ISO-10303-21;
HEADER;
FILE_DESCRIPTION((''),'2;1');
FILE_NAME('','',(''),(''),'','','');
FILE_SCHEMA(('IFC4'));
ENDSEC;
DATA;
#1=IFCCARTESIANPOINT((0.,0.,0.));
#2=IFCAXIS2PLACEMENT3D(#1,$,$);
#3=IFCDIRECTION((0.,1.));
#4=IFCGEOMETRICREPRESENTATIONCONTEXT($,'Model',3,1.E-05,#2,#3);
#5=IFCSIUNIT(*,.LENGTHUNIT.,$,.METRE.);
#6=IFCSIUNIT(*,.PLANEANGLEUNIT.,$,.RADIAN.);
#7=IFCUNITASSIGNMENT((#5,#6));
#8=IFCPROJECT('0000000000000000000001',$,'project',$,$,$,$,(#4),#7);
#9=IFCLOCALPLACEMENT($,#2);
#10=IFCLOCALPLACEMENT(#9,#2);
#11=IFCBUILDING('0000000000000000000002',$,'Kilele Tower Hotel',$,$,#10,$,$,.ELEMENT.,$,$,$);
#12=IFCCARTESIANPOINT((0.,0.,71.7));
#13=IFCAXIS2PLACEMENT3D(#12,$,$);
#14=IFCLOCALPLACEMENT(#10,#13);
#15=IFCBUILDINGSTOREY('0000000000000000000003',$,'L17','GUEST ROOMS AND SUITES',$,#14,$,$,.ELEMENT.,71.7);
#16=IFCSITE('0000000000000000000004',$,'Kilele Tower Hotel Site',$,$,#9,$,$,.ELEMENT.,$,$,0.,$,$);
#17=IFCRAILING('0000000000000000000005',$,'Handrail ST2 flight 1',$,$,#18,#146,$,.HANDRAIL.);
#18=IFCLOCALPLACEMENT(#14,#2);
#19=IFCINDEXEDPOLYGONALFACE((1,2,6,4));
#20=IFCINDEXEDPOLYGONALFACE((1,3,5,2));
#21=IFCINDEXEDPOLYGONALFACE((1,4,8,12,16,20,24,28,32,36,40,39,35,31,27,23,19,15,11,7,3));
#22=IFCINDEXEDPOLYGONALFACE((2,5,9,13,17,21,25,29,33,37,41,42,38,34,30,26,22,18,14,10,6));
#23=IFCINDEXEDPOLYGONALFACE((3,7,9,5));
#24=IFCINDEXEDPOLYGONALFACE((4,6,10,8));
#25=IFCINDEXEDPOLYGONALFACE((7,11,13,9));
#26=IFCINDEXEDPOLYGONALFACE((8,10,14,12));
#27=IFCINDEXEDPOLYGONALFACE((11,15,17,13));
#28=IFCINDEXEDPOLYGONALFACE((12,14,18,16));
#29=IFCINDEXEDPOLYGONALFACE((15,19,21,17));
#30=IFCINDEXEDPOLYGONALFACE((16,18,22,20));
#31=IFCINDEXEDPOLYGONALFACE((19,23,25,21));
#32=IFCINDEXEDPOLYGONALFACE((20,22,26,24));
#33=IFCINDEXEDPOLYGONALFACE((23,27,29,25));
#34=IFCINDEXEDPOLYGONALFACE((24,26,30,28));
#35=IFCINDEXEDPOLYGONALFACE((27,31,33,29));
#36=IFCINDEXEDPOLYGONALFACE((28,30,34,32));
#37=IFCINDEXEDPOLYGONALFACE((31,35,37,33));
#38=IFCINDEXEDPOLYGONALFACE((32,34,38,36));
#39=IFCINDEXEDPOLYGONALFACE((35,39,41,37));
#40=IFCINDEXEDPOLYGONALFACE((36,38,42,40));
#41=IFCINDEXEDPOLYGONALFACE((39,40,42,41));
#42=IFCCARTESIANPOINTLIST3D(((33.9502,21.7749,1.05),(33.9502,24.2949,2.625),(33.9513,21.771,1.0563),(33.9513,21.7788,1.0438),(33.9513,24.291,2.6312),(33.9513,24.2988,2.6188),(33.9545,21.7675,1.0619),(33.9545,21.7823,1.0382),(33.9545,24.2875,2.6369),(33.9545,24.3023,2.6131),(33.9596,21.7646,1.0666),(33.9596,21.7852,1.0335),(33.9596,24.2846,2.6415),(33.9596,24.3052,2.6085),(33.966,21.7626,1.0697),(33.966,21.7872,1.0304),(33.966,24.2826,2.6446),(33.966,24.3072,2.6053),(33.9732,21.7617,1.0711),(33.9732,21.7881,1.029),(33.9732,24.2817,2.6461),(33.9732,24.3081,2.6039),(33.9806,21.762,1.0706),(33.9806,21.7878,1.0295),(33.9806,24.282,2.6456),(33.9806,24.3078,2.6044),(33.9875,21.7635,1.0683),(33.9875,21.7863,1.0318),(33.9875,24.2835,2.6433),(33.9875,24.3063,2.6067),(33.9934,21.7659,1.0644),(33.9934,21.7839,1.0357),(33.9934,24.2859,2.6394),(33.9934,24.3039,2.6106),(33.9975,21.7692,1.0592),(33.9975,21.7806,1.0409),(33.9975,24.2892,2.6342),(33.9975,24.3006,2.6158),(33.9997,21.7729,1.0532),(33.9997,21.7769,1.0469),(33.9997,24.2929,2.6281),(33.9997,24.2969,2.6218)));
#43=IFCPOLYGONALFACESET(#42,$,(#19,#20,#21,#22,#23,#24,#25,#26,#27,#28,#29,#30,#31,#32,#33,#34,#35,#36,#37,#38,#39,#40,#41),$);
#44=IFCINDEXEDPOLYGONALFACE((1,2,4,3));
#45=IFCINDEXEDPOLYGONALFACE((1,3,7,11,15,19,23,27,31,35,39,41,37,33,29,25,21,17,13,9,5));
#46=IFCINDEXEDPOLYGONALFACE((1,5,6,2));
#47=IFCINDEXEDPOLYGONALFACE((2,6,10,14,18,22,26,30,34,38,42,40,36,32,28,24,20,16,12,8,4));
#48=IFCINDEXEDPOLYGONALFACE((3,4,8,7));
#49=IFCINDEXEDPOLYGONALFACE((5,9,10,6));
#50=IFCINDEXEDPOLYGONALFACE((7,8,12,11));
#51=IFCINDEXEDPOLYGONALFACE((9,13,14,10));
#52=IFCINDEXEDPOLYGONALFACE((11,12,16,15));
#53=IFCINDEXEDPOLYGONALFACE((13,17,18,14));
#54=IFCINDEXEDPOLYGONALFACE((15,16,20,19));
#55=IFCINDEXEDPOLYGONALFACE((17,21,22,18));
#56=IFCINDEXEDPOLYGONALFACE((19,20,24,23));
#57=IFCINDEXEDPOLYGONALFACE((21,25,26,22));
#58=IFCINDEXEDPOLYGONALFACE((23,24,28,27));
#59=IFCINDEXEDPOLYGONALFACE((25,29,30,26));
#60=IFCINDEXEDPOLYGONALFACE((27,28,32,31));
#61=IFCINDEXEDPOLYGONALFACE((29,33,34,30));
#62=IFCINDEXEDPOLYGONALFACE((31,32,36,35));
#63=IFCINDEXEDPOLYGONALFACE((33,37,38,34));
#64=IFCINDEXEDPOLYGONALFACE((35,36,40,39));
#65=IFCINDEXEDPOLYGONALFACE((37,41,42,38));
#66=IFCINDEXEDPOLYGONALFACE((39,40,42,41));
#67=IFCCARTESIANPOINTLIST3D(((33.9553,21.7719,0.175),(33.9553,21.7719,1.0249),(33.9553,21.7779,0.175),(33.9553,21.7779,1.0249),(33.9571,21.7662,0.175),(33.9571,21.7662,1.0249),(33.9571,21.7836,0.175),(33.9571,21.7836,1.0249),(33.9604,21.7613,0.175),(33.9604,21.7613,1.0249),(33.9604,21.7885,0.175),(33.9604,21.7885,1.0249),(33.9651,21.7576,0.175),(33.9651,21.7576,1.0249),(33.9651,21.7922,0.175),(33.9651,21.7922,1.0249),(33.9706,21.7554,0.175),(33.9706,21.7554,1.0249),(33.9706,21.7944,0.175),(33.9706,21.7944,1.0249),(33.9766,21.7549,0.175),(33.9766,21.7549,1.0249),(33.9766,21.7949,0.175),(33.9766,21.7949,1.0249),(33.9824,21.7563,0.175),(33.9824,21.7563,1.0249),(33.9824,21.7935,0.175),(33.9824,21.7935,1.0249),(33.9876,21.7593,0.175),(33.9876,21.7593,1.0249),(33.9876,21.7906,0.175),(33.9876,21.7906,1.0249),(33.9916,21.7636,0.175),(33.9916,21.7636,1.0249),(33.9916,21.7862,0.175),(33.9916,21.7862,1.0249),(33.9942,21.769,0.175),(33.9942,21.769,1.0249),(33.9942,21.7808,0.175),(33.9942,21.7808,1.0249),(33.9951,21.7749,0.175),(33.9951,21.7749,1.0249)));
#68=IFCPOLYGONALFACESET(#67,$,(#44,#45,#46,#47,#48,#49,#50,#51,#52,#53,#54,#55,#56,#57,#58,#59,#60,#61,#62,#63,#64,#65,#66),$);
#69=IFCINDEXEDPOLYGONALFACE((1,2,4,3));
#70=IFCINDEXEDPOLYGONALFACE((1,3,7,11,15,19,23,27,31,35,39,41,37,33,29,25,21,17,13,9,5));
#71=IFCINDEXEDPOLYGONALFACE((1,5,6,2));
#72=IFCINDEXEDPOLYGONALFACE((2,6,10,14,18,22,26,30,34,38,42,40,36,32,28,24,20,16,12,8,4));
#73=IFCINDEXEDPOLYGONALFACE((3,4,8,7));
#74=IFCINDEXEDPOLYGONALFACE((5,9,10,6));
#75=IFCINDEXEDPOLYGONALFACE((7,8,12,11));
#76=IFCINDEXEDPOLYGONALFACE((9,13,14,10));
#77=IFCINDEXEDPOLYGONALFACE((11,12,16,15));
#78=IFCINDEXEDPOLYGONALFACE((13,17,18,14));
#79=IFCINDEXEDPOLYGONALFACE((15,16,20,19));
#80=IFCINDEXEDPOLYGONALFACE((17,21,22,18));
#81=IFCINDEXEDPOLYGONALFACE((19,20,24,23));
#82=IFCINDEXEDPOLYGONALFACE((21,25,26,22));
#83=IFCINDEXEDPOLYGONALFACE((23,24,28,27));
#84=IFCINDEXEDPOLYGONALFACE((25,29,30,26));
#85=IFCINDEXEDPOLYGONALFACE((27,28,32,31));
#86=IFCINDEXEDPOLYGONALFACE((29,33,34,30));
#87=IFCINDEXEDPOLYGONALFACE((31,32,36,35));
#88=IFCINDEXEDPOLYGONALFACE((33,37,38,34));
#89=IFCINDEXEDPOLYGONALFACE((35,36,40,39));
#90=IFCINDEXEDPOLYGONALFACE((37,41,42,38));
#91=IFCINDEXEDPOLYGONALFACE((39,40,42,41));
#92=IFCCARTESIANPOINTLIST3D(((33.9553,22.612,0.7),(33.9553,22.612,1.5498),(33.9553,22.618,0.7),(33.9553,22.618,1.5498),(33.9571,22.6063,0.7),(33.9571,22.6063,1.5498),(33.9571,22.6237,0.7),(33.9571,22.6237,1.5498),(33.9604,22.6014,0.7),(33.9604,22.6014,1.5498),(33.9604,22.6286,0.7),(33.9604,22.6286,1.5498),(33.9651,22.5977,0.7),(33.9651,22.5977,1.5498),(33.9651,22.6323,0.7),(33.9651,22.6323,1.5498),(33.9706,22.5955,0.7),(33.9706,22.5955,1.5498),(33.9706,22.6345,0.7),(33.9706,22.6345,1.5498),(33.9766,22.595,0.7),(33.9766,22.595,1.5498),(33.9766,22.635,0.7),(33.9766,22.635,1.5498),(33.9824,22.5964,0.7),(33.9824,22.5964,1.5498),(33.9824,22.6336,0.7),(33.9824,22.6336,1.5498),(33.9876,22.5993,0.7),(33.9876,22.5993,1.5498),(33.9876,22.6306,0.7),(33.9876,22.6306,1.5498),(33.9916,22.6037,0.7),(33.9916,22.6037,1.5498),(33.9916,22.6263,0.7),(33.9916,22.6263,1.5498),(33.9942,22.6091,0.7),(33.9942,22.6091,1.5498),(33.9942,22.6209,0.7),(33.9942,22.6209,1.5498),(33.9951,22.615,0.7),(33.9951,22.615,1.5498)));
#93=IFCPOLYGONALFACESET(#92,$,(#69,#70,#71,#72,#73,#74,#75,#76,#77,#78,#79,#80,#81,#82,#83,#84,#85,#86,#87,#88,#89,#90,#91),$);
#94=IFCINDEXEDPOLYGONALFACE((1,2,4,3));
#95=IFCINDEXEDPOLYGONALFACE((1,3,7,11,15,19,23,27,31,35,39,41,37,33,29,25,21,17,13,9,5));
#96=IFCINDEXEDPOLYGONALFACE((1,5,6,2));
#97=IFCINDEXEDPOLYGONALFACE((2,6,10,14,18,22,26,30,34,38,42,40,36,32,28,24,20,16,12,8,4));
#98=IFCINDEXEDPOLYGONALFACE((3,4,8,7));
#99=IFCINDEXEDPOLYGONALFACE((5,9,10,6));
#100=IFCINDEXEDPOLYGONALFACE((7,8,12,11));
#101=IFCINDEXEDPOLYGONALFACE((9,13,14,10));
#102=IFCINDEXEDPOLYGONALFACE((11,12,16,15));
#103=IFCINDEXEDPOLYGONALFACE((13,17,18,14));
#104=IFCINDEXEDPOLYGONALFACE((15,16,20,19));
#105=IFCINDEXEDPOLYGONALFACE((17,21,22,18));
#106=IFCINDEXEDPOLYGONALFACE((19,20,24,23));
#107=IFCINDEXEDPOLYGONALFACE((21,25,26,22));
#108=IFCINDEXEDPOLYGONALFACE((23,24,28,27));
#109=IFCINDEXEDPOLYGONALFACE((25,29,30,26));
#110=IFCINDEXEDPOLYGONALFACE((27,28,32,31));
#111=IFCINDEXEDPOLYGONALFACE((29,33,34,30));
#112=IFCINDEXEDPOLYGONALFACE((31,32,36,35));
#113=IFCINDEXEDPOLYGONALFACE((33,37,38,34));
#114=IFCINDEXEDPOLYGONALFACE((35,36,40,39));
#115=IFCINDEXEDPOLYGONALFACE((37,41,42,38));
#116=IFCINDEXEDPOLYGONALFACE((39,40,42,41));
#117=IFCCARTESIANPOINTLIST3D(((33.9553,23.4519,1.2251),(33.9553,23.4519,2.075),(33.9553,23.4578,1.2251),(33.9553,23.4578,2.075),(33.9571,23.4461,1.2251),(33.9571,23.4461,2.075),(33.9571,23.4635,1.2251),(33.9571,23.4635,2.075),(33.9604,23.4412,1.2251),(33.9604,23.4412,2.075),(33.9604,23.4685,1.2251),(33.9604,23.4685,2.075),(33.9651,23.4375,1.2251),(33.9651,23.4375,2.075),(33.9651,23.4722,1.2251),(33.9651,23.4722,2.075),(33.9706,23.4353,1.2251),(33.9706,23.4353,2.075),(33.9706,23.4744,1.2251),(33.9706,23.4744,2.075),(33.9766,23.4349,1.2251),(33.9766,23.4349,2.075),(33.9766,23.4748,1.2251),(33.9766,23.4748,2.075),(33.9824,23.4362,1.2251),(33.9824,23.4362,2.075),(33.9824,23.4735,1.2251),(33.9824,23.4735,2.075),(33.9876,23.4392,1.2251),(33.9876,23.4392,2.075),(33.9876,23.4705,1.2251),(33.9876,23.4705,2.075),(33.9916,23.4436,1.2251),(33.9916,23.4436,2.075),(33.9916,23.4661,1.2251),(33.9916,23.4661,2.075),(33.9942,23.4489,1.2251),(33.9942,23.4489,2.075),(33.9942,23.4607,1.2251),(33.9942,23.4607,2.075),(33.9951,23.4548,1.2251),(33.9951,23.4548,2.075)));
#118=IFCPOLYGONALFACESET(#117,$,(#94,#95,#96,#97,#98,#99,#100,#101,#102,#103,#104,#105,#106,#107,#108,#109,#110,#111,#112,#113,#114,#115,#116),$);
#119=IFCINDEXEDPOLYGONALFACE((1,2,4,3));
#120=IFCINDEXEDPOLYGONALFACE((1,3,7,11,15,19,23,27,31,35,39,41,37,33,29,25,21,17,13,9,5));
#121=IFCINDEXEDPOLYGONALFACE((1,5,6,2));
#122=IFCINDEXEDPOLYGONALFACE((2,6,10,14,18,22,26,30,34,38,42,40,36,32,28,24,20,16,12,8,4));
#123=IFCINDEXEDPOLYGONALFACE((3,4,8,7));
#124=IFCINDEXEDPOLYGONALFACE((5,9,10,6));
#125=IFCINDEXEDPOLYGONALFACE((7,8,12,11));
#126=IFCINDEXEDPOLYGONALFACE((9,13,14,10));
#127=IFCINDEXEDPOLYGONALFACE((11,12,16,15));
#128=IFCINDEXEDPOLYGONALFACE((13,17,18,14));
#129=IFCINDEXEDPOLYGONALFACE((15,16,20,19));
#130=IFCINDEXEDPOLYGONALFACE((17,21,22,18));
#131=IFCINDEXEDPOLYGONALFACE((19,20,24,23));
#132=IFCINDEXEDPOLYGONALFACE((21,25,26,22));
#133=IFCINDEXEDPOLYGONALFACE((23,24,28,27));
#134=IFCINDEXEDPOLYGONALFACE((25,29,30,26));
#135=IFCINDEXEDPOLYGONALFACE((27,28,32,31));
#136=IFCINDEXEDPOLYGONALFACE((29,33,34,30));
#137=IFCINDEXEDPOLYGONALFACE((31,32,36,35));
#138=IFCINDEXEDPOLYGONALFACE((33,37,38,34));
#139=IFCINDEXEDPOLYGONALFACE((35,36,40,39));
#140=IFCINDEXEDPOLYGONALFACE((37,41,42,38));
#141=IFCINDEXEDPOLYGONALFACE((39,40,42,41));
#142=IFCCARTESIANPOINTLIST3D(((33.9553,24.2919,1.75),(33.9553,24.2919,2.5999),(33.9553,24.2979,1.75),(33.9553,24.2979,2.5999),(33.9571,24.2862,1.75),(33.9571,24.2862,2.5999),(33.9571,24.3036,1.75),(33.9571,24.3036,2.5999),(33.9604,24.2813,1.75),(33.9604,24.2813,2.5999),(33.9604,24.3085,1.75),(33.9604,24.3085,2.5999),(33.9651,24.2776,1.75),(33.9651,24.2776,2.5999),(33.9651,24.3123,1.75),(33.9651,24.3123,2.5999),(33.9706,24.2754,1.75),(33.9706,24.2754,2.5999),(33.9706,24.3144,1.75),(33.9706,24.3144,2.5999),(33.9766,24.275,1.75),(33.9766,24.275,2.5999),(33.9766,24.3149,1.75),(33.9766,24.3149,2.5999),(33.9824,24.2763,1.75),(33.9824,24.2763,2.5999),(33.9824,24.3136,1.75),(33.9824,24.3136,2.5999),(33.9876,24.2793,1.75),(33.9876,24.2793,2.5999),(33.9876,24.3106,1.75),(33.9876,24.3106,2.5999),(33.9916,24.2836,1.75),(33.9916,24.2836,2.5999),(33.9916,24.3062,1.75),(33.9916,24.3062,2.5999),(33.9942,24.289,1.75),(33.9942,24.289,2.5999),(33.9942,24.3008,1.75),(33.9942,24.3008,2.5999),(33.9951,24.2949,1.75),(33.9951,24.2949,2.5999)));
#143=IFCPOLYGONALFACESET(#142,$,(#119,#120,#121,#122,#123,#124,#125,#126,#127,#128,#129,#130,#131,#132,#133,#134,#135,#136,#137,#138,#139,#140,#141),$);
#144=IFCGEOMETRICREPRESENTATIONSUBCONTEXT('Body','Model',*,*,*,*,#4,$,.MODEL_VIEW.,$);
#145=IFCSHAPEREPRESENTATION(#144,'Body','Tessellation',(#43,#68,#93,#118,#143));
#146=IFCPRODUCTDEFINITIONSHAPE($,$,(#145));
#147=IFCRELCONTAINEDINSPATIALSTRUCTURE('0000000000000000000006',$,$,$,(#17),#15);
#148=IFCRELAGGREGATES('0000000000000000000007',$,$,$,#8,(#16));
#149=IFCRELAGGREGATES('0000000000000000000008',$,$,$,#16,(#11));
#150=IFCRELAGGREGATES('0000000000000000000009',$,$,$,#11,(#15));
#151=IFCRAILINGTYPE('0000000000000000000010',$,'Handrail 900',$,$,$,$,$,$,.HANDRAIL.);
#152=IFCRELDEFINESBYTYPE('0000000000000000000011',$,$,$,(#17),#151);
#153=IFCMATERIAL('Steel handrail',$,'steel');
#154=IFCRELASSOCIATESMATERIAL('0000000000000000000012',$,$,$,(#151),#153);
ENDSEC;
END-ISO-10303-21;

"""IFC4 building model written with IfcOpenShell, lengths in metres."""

from ifc_helpers import new_model, si_unit, direction, frame, origin, origin_2d, place, context, subcontext, project, spatial, circle, extrude, material, type_object, element, save


model = new_model("IFC4")

# Units and contexts
model_context = context("Model", 3, precision=1e-05, world=origin(), true_north=direction((0.0, 1.0)))
body_context = subcontext(model_context, "Body", "Model", "MODEL_VIEW")
ifc_project = project(units=[si_unit("LENGTHUNIT", "METRE"), si_unit("PLANEANGLEUNIT", "RADIAN")], contexts=[model_context])

# Site, building, storey
site_placement = place(None, origin())
site = spatial("IfcSite", under=ifc_project, at=site_placement, Name="Kilele Tower Hotel Site", CompositionType="ELEMENT", RefElevation=0.0)
building_placement = place(site_placement, origin())
building = spatial("IfcBuilding", under=site, at=building_placement, Name="Kilele Tower Hotel", CompositionType="ELEMENT")
storey_placement = place(building_placement, frame((0.0, 0.0, 71.7)))
storey = spatial("IfcBuildingStorey", under=building, at=storey_placement, Name="L17", Description="GUEST ROOMS AND SUITES", CompositionType="ELEMENT", Elevation=71.7)

# Railing
ifc_material_1 = material(Name="Steel handrail", Category="steel")
railing_type_1 = type_object("IfcRailingType", Name="Handrail 900", PredefinedType="HANDRAIL", material=ifc_material_1)
for number, where, name in (
    (1, (33.9751, 21.7749, 0.175), "Handrail ST2 flight 1"),
):
    element("IfcRailing", number, at=place(storey_placement, frame(where)), inside=storey, type_object=railing_type_1, Name=name, PredefinedType="HANDRAIL", context=body_context, shape_type="SweptSolid", body=[
        extrude(circle(Radius=0.0249, at=origin_2d()), frame((0.0, 0.0, 0.875), z_axis=(0.0, 0.848008, 0.529984), x_axis=(-1.0, 0.0, 0.0)), (0.0, 0.0, 1.0), 2.9717),
        extrude(circle(Radius=0.02, at=origin_2d()), origin(), (0.0, 0.0, 1.0), 0.8499),
        extrude(circle(Radius=0.02, at=origin_2d()), frame((0.0, 0.8401, 0.5249)), (0.0, 0.0, 1.0), 0.8499),
        extrude(circle(Radius=0.02, at=origin_2d()), frame((0.0, 1.6799, 1.05)), (0.0, 0.0, 1.0), 0.8499),
        extrude(circle(Radius=0.02, at=origin_2d()), frame((0.0, 2.52, 1.575)), (0.0, 0.0, 1.0), 0.8499),
    ])

save(model, "model.ifc")
